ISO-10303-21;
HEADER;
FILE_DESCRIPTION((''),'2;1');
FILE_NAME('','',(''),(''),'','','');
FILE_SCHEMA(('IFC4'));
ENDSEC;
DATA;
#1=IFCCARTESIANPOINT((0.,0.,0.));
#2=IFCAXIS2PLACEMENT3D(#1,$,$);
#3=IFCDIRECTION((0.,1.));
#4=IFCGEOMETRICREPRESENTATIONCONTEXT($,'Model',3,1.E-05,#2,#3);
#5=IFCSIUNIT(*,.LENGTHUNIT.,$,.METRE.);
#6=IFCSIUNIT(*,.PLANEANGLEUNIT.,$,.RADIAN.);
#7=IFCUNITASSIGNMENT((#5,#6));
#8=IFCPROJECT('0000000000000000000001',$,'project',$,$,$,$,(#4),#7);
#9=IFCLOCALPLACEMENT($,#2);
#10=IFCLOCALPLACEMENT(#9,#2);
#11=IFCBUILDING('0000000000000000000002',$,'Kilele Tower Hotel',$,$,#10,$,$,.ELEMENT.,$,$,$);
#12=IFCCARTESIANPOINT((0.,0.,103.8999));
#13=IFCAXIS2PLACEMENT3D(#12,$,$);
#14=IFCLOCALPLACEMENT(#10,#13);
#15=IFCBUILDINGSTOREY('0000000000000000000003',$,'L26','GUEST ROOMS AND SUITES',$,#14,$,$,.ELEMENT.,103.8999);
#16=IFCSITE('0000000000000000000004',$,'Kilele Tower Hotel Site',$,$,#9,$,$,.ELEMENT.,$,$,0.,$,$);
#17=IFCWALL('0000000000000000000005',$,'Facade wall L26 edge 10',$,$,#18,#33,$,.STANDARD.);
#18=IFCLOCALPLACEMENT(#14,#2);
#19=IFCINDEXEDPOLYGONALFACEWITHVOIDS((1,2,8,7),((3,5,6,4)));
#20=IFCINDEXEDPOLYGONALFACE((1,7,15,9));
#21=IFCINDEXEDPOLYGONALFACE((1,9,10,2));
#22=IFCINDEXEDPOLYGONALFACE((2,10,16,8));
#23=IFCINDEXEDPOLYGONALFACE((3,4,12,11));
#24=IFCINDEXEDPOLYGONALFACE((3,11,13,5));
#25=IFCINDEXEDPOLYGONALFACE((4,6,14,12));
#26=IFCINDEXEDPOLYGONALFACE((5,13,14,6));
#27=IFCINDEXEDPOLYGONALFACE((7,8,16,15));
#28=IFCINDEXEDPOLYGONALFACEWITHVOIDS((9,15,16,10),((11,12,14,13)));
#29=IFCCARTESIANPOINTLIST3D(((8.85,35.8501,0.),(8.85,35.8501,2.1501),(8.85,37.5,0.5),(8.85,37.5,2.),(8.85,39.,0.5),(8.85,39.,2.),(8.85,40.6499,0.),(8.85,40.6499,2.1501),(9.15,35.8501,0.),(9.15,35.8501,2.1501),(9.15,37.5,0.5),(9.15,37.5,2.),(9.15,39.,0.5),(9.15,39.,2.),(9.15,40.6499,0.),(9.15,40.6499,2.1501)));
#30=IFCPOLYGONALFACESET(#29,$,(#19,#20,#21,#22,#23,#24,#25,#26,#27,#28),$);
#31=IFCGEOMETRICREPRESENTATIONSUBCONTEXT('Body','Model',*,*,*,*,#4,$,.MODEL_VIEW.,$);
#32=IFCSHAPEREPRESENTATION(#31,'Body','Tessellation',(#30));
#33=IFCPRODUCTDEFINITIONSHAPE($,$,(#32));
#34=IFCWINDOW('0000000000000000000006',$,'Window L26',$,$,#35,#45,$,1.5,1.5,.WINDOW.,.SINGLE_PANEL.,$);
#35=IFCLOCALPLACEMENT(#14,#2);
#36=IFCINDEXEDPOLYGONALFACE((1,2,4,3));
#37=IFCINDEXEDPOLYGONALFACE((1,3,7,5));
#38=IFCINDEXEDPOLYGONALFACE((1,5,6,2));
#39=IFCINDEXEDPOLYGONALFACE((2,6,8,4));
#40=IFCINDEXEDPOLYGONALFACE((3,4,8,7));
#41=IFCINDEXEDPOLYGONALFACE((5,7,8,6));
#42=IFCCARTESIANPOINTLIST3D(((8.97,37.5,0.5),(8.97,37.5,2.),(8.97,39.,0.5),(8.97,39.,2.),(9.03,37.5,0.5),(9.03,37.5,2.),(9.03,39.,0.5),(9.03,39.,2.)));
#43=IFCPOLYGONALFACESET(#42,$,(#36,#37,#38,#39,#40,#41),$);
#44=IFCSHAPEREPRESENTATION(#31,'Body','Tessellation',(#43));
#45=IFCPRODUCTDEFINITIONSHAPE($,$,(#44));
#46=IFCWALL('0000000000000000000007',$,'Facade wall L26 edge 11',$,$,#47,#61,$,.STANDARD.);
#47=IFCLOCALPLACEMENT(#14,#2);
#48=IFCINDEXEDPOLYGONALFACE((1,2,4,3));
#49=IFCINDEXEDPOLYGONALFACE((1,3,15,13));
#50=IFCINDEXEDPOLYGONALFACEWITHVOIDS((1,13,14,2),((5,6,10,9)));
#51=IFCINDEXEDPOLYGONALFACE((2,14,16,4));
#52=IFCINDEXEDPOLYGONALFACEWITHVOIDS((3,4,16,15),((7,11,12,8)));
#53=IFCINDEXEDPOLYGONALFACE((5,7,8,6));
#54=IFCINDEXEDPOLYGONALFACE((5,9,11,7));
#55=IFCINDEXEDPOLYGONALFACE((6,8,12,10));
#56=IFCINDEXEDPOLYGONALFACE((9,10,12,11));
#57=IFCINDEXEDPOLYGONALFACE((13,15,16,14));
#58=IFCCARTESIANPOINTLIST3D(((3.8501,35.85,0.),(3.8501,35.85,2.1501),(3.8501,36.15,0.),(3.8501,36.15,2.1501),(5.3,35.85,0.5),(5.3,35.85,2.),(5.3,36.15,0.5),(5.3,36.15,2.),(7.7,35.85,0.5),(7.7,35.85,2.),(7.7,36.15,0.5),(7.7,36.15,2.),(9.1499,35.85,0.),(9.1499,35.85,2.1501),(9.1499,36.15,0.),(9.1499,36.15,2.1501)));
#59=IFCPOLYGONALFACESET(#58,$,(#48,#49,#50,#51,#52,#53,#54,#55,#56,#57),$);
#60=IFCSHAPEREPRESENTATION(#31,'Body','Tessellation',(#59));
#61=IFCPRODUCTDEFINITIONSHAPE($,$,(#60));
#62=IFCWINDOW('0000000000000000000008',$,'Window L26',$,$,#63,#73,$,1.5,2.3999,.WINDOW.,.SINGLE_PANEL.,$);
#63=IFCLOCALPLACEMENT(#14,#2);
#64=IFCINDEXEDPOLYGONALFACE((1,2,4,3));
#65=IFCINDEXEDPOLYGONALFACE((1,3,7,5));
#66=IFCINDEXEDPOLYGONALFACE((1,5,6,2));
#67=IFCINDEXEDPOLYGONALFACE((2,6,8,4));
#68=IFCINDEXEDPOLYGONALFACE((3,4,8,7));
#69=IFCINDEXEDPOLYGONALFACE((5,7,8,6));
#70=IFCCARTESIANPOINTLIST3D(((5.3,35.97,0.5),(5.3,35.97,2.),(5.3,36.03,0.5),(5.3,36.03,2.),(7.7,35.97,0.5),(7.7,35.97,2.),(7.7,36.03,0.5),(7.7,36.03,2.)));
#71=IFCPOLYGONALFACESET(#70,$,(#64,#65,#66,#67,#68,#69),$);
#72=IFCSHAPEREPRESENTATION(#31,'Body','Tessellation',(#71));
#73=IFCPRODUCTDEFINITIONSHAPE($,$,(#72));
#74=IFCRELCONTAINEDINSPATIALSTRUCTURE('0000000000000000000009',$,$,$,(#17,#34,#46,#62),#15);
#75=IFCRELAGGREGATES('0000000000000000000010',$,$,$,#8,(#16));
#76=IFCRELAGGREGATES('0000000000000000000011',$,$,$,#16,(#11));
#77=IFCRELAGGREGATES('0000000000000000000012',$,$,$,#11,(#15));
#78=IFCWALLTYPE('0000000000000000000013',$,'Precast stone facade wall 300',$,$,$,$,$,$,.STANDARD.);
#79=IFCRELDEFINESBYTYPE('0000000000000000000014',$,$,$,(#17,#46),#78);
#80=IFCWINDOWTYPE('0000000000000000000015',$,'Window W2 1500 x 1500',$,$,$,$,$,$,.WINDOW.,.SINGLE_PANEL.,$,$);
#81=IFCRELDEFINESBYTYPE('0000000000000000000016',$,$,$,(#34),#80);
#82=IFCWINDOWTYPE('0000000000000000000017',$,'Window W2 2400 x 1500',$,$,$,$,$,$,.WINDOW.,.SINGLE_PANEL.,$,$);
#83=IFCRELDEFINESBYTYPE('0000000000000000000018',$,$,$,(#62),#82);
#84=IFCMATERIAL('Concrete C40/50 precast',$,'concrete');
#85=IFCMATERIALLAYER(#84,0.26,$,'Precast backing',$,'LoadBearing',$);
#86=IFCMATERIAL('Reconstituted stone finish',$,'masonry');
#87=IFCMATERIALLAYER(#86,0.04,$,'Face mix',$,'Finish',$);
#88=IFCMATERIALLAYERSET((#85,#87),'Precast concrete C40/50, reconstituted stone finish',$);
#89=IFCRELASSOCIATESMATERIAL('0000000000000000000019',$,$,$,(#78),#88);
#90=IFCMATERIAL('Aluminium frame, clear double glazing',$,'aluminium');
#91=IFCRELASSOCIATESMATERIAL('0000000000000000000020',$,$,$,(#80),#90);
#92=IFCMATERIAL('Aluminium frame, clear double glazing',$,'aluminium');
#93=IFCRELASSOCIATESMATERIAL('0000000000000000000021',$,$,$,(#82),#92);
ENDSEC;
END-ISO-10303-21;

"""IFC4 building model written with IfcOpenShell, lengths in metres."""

from ifc_helpers import new_model, si_unit, direction, frame, frame_2d, origin, place, context, subcontext, project, spatial, rectangle, extrude, material, layer, layer_set, type_object, element, fill, save


model = new_model("IFC4")

# Units and contexts
model_context = context("Model", 3, precision=1e-05, world=origin(), true_north=direction((0.0, 1.0)))
body_context = subcontext(model_context, "Body", "Model", "MODEL_VIEW")
ifc_project = project(units=[si_unit("LENGTHUNIT", "METRE"), si_unit("PLANEANGLEUNIT", "RADIAN")], contexts=[model_context])

# Site, building, storey
site_placement = place(None, origin())
site = spatial("IfcSite", under=ifc_project, at=site_placement, Name="Kilele Tower Hotel Site", CompositionType="ELEMENT", RefElevation=0.0)
building_placement = place(site_placement, origin())
building = spatial("IfcBuilding", under=site, at=building_placement, Name="Kilele Tower Hotel", CompositionType="ELEMENT")
storey_placement = place(building_placement, frame((0.0, 0.0, 103.8999)))
storey = spatial("IfcBuildingStorey", under=building, at=storey_placement, Name="L26", Description="GUEST ROOMS AND SUITES", CompositionType="ELEMENT", Elevation=103.8999)

# Walls, openings, windows
ifc_material_1 = material(Name="Concrete C40/50 precast", Category="concrete")
ifc_layer_1 = layer(ifc_material_1, 0.26, Name="Precast backing", Category="LoadBearing")
ifc_material_2 = material(Name="Reconstituted stone finish", Category="masonry")
ifc_layer_2 = layer(ifc_material_2, 0.04, Name="Face mix", Category="Finish")
ifc_layer_set_1 = layer_set([ifc_layer_1, ifc_layer_2], Name="Precast concrete C40/50, reconstituted stone finish")
wall_type_1 = type_object("IfcWallType", Name="Precast stone facade wall 300", PredefinedType="STANDARD", material=ifc_layer_set_1)
wall_1_placement = place(storey_placement, frame((9.0, 40.6499, 0.0), z_axis=(0.0, 0.0, 1.0), x_axis=(0.0, -1.0, 0.0)))
wall_1 = element("IfcWall", 1, at=wall_1_placement, inside=storey, type_object=wall_type_1, Name="Facade wall L26 edge 10", PredefinedType="STANDARD", context=body_context, shape_type="SweptSolid", body=[
    extrude(rectangle(XDim=4.7998, YDim=0.3, at=frame_2d((2.3999, 0.0))), origin(), (0.0, 0.0, 1.0), 2.1501),
])
opening_1_placement = place(wall_1_placement, frame((1.6499, 0.0, 0.5)))
opening_1 = element("IfcOpeningElement", 2, at=opening_1_placement, cuts=wall_1, PredefinedType="OPENING", context=body_context, shape_type="SweptSolid", body=[
    extrude(rectangle(XDim=1.5, YDim=1.5, at=frame_2d((0.75, 0.75))), frame((0.0, 0.1599, 0.0), z_axis=(0.0, -1.0, 0.0), x_axis=(1.0, 0.0, 0.0)), (0.0, 0.0, 1.0), 0.3201),
])
ifc_material_3 = material(Name="Aluminium frame, clear double glazing", Category="aluminium")
window_type_1 = type_object("IfcWindowType", Name="Window W2 1500 x 1500", PartitioningType="SINGLE_PANEL", PredefinedType="WINDOW", material=ifc_material_3)
window_1_placement = place(opening_1_placement, origin())
window_1 = element("IfcWindow", 3, at=window_1_placement, inside=storey, type_object=window_type_1, Name="Window L26", OverallHeight=1.5, OverallWidth=1.5, PartitioningType="SINGLE_PANEL", PredefinedType="WINDOW", context=body_context, shape_type="SweptSolid", body=[
    extrude(rectangle(XDim=1.5, YDim=1.5, at=frame_2d((0.75, 0.75))), frame((0.0, 0.03, 0.0), z_axis=(0.0, -1.0, 0.0), x_axis=(1.0, 0.0, 0.0)), (0.0, 0.0, 1.0), 0.0601),
])
fill(opening_1, window_1)
wall_2_placement = place(storey_placement, frame((9.1499, 36.0, 0.0), z_axis=(0.0, 0.0, 1.0), x_axis=(-1.0, 0.0, 0.0)))
wall_2 = element("IfcWall", 4, at=wall_2_placement, inside=storey, type_object=wall_type_1, Name="Facade wall L26 edge 11", PredefinedType="STANDARD", context=body_context, shape_type="SweptSolid", body=[
    extrude(rectangle(XDim=5.2998, YDim=0.3, at=frame_2d((2.6499, 0.0))), origin(), (0.0, 0.0, 1.0), 2.1501),
])
opening_2_placement = place(wall_2_placement, frame((1.45, 0.0, 0.5)))
opening_2 = element("IfcOpeningElement", 5, at=opening_2_placement, cuts=wall_2, PredefinedType="OPENING", context=body_context, shape_type="SweptSolid", body=[
    extrude(rectangle(XDim=2.3999, YDim=1.5, at=frame_2d((1.2, 0.75))), frame((0.0, 0.1599, 0.0), z_axis=(0.0, -1.0, 0.0), x_axis=(1.0, 0.0, 0.0)), (0.0, 0.0, 1.0), 0.3201),
])
ifc_material_4 = material(Name="Aluminium frame, clear double glazing", Category="aluminium")
window_type_2 = type_object("IfcWindowType", Name="Window W2 2400 x 1500", PartitioningType="SINGLE_PANEL", PredefinedType="WINDOW", material=ifc_material_4)
window_2_placement = place(opening_2_placement, origin())
window_2 = element("IfcWindow", 6, at=window_2_placement, inside=storey, type_object=window_type_2, Name="Window L26", OverallHeight=1.5, OverallWidth=2.3999, PartitioningType="SINGLE_PANEL", PredefinedType="WINDOW", context=body_context, shape_type="SweptSolid", body=[
    extrude(rectangle(XDim=2.3999, YDim=1.5, at=frame_2d((1.2, 0.75))), frame((0.0, 0.03, 0.0), z_axis=(0.0, -1.0, 0.0), x_axis=(1.0, 0.0, 0.0)), (0.0, 0.0, 1.0), 0.0601),
])
fill(opening_2, window_2)

save(model, "model.ifc")
